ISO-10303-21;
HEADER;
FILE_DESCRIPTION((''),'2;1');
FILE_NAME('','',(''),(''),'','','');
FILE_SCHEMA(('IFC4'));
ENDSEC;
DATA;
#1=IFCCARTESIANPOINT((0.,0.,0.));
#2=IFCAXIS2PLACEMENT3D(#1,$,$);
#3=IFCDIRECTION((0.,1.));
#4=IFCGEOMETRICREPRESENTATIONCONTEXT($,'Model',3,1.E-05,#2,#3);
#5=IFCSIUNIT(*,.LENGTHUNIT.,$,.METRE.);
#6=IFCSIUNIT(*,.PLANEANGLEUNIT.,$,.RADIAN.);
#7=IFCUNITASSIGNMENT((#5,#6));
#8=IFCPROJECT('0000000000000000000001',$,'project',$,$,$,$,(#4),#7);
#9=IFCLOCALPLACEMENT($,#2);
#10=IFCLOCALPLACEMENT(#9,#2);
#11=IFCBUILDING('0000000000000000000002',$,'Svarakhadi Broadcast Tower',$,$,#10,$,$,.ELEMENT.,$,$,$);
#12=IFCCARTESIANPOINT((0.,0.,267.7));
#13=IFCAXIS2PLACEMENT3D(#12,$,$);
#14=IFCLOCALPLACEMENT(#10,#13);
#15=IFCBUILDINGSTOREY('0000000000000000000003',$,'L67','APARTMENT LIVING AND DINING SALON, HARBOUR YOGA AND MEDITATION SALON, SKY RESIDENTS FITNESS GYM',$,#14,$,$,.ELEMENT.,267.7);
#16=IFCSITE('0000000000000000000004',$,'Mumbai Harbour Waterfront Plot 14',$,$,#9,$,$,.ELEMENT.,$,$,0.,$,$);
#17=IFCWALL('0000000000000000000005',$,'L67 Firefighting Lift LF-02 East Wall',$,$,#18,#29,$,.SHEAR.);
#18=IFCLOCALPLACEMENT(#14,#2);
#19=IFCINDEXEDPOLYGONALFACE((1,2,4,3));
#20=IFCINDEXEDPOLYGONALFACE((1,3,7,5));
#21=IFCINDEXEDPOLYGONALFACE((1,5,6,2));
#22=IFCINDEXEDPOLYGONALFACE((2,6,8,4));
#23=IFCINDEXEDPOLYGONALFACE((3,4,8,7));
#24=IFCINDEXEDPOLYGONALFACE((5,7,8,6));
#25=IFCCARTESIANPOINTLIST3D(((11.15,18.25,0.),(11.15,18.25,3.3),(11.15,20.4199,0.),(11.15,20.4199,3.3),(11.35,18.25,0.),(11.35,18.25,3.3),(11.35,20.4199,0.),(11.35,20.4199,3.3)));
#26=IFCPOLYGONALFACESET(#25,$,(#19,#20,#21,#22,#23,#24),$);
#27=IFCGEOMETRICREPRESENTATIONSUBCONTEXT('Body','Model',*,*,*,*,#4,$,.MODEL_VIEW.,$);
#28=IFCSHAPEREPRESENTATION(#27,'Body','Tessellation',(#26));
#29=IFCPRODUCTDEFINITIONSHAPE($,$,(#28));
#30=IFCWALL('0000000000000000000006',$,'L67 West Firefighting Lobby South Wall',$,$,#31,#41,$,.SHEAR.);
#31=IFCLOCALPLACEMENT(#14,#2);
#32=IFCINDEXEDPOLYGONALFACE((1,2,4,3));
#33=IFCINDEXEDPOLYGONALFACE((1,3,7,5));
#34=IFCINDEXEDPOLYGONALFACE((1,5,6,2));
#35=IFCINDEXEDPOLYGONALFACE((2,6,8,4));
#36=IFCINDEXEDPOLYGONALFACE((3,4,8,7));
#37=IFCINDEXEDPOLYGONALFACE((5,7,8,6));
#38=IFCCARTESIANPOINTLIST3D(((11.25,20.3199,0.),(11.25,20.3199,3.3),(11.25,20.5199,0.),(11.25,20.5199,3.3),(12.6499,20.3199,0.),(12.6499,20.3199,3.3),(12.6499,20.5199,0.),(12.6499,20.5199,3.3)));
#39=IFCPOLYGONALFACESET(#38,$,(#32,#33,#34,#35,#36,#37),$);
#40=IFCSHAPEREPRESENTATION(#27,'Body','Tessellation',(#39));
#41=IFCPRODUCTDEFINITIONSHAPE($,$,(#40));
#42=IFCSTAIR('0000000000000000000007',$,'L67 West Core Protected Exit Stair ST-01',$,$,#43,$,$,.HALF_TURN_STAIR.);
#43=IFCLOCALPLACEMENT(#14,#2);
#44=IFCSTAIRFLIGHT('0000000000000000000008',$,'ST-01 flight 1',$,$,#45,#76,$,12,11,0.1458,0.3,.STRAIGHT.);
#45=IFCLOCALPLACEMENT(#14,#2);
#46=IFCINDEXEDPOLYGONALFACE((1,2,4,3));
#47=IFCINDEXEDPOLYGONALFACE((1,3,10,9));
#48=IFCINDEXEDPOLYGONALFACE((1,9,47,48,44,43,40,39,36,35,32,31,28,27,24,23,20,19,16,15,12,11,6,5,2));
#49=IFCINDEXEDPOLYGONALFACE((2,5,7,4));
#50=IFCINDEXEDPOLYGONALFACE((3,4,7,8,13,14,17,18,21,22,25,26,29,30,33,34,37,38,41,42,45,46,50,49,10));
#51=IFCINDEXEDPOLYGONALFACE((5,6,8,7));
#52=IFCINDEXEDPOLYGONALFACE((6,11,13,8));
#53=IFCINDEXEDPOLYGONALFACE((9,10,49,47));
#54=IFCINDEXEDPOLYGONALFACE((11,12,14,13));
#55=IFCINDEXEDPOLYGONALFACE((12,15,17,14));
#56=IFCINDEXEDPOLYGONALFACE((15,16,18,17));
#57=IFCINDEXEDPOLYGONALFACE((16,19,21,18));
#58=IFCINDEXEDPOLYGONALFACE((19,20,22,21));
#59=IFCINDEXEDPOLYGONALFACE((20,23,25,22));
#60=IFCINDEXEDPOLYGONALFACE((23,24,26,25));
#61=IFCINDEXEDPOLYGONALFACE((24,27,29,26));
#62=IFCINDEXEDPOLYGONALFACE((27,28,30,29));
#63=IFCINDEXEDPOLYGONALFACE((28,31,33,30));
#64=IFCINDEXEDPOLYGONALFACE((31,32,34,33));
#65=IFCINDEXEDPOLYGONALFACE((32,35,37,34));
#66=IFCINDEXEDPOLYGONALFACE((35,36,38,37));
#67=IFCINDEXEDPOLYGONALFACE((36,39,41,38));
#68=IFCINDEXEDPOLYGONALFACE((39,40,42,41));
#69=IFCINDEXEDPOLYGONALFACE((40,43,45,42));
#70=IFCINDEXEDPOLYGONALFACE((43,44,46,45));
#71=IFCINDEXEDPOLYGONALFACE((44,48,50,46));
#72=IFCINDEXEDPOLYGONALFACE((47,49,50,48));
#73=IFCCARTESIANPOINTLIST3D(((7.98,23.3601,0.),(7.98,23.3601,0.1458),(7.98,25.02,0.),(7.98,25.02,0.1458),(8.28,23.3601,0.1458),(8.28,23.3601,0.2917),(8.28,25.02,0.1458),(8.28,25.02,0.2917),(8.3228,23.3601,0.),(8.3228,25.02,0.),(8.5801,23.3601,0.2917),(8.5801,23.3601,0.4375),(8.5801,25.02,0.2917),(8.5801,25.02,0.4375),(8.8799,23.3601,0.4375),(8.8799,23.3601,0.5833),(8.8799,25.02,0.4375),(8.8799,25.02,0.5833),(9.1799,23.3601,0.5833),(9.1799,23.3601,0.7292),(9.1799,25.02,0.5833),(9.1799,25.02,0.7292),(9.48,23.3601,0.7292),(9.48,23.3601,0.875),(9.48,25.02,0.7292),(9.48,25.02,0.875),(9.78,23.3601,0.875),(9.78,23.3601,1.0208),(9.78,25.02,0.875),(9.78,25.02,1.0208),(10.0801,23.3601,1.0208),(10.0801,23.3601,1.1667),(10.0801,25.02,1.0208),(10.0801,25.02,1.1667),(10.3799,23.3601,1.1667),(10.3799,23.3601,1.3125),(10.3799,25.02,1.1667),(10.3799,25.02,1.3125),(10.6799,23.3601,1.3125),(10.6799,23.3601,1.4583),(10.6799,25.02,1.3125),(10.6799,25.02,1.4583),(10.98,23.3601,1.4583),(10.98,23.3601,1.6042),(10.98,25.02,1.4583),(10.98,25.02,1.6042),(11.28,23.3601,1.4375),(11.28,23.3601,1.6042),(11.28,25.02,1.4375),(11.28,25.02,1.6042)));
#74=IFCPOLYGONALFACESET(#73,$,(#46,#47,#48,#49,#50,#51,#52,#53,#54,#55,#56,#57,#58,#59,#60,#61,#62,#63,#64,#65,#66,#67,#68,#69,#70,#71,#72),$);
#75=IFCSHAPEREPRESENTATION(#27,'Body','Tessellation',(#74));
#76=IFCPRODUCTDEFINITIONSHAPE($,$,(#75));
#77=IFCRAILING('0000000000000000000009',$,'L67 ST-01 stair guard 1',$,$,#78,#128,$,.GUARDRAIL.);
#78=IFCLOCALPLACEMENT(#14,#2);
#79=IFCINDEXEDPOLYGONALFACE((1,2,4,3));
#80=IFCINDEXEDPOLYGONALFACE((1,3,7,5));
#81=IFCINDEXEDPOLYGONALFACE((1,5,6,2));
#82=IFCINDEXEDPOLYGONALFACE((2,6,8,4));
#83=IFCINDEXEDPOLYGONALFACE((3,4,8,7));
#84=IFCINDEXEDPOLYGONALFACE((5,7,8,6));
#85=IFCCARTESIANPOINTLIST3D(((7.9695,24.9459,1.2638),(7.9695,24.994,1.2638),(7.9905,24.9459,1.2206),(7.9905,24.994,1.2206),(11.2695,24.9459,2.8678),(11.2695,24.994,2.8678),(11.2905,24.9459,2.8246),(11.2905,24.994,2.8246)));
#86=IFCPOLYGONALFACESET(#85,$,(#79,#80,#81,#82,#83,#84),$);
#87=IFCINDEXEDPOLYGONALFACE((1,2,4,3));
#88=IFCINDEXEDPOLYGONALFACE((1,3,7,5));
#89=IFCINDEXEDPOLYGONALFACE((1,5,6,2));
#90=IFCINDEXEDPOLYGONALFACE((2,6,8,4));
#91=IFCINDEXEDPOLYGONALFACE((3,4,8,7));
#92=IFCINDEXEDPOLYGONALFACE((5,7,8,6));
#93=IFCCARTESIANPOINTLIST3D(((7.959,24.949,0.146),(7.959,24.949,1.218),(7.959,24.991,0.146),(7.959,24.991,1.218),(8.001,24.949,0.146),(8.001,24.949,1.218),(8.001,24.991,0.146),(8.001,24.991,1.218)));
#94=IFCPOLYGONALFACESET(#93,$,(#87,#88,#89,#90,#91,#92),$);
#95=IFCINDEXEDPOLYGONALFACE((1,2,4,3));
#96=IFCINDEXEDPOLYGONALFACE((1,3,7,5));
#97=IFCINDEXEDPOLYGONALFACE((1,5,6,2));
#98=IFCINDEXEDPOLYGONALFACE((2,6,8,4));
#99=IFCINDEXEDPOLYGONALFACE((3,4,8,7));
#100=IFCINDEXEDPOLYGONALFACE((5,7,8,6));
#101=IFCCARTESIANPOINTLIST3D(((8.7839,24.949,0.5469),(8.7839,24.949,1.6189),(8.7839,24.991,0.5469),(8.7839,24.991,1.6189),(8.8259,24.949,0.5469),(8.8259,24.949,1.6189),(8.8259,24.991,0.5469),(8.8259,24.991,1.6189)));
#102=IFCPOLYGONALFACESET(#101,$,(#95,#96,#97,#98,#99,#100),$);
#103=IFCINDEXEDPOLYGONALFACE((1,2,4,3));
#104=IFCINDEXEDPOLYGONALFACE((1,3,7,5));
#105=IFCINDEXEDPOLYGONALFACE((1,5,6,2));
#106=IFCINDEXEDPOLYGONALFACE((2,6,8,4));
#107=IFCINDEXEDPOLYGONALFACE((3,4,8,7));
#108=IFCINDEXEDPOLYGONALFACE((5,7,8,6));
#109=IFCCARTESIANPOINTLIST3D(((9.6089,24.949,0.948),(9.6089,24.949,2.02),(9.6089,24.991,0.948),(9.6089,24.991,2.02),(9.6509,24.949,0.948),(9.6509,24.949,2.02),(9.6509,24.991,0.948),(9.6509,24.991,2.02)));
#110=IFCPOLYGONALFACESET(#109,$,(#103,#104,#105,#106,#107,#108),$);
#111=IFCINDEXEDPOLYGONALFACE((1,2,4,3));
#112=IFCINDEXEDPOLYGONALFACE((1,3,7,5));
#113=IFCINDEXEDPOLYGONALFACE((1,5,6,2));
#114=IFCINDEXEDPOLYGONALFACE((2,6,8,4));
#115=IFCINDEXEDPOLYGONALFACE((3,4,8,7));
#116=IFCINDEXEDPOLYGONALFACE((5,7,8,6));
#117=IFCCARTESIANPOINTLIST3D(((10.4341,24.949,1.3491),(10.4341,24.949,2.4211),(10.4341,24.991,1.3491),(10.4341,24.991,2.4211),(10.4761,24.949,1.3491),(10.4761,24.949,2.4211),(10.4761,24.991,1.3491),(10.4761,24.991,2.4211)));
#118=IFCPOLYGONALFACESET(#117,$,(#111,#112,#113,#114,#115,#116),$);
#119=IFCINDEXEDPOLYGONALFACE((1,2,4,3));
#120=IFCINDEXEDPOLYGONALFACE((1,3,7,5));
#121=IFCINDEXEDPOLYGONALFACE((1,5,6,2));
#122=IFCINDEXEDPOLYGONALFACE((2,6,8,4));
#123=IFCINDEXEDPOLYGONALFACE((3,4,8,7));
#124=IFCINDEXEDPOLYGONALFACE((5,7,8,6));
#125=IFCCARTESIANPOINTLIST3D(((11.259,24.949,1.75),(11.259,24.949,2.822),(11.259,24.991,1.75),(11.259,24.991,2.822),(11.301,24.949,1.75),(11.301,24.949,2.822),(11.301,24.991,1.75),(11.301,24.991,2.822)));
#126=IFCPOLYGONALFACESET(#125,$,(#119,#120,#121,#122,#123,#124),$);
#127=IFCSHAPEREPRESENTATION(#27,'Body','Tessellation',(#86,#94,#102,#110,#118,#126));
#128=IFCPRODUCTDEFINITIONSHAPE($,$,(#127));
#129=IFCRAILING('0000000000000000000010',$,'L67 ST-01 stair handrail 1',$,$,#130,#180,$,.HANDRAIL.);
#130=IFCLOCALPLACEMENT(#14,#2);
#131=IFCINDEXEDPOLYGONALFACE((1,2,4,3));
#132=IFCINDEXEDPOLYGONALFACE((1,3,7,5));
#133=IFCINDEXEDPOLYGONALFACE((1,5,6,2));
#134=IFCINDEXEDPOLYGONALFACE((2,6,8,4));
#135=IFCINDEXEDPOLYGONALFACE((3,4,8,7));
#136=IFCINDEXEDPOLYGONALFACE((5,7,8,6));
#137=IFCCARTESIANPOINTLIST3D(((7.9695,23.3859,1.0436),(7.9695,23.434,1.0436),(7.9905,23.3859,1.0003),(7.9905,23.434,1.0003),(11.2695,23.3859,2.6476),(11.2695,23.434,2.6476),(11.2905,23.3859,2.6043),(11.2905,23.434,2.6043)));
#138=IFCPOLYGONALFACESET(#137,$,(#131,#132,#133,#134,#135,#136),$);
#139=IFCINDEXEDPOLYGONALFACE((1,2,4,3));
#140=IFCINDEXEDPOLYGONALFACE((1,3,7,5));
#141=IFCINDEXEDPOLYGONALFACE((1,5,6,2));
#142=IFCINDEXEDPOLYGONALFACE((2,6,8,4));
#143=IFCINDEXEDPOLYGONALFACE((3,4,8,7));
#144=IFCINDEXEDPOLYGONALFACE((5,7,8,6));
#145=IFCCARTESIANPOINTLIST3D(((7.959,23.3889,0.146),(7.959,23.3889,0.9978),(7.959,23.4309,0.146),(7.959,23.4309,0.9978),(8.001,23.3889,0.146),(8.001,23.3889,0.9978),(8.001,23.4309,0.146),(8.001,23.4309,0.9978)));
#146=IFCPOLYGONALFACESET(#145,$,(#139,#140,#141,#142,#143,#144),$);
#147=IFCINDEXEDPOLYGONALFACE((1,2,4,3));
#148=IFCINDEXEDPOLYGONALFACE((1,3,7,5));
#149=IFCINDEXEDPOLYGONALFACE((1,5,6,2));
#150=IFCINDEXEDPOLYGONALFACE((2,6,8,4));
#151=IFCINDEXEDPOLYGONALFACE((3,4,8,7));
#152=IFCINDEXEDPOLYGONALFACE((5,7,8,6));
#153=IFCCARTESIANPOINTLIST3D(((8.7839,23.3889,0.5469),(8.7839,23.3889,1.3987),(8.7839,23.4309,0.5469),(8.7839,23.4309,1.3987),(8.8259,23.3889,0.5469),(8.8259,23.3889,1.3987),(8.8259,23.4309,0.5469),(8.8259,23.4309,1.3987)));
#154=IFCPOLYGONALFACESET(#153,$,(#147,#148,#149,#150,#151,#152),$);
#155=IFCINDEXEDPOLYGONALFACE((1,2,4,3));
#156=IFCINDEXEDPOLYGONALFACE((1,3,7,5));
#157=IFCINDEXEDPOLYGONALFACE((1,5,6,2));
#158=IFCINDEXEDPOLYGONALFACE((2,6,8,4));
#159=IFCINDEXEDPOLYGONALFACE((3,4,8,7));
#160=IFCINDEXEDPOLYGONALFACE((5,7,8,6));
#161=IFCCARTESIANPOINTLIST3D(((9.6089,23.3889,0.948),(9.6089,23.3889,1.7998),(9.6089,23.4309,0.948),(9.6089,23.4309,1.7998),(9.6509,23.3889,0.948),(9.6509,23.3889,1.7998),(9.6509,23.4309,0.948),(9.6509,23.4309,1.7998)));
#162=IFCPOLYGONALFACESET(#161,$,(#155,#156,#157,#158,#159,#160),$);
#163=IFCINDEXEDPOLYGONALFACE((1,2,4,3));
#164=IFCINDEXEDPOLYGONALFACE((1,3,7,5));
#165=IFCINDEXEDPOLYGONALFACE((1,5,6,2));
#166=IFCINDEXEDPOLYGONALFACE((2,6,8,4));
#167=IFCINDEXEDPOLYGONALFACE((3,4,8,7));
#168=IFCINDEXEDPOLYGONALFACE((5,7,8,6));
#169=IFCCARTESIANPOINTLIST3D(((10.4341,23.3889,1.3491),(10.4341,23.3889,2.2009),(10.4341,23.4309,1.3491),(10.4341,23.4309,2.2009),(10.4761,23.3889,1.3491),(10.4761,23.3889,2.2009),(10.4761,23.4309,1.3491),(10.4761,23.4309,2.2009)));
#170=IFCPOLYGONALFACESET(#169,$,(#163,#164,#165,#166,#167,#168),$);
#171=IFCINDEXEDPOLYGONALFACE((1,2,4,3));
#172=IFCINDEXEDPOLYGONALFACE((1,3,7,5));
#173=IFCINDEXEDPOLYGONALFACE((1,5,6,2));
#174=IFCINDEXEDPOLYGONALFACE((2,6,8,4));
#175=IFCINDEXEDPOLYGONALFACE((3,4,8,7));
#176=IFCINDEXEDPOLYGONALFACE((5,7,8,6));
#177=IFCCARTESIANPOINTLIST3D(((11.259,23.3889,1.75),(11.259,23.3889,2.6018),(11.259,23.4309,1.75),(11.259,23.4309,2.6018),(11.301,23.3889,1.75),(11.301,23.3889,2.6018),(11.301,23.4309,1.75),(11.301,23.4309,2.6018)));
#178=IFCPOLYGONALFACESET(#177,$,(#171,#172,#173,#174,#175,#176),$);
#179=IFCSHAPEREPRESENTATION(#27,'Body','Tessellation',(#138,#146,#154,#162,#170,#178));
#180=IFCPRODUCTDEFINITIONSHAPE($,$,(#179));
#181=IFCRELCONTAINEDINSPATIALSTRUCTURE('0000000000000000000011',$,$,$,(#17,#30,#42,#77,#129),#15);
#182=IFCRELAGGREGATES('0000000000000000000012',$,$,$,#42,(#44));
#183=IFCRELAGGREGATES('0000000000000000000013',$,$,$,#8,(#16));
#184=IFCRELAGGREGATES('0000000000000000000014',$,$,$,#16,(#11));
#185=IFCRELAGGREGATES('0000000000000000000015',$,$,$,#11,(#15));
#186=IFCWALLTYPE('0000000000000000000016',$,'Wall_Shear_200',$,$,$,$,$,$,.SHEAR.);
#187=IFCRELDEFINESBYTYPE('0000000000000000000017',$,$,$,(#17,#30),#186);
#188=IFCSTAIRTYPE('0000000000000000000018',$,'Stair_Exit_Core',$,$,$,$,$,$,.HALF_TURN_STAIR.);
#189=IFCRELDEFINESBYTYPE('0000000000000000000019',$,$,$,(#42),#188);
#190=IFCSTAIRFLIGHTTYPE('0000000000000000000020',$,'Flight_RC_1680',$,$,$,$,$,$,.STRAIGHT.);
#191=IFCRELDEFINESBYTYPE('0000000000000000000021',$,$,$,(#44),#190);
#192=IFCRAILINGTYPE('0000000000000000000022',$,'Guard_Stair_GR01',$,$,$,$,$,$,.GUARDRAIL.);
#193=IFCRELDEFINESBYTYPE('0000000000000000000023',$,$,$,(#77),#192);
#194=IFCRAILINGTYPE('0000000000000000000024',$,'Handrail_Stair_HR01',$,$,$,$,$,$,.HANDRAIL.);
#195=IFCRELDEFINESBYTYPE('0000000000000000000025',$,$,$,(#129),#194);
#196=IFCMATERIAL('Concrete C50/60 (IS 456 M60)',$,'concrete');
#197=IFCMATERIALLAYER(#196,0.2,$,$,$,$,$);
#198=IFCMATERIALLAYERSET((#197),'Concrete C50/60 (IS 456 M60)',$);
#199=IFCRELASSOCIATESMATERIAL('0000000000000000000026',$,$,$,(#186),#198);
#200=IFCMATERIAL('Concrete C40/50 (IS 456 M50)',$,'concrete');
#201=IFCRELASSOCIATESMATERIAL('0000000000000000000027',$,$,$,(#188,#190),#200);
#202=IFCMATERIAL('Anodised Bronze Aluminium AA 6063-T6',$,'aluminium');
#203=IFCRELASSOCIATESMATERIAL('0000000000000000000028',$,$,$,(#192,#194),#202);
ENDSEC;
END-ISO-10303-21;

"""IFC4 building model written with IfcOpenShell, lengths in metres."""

from ifc_helpers import new_model, si_unit, direction, frame, frame_2d, origin, origin_2d, place, context, subcontext, project, spatial, polyline, rectangle, outline, extrude, material, layer, layer_set, type_object, element, aggregate, save


model = new_model("IFC4")

# Units and contexts
model_context = context("Model", 3, precision=1e-05, world=origin(), true_north=direction((0.0, 1.0)))
body_context = subcontext(model_context, "Body", "Model", "MODEL_VIEW")
ifc_project = project(units=[si_unit("LENGTHUNIT", "METRE"), si_unit("PLANEANGLEUNIT", "RADIAN")], contexts=[model_context])

# Site, building, storey
site_placement = place(None, origin())
site = spatial("IfcSite", under=ifc_project, at=site_placement, Name="Mumbai Harbour Waterfront Plot 14", CompositionType="ELEMENT", RefElevation=0.0)
building_placement = place(site_placement, origin())
building = spatial("IfcBuilding", under=site, at=building_placement, Name="Svarakhadi Broadcast Tower", CompositionType="ELEMENT")
storey_placement = place(building_placement, frame((0.0, 0.0, 267.7)))
storey = spatial("IfcBuildingStorey", under=building, at=storey_placement, Name="L67", Description="APARTMENT LIVING AND DINING SALON, HARBOUR YOGA AND MEDITATION SALON, SKY RESIDENTS FITNESS GYM", CompositionType="ELEMENT", Elevation=267.7)

# Shared definitions
ifc_material_1 = material(Name="Concrete C50/60 (IS 456 M60)", Category="concrete")

# Shared definitions
ifc_layer_1 = layer(ifc_material_1, 0.2)
ifc_layer_set_1 = layer_set([ifc_layer_1], Name="Concrete C50/60 (IS 456 M60)")
wall_type_1 = type_object("IfcWallType", Name="Wall_Shear_200", PredefinedType="SHEAR", material=ifc_layer_set_1)

# Walls
for number, where, z_axis, x_axis, name in (
    (1, (11.25, 18.25, 0.0), (0.0, 0.0, 1.0), (0.0, 1.0, 0.0), "L67 Firefighting Lift LF-02 East Wall"),
):
    element("IfcWall", number, at=place(storey_placement, frame(where, z_axis=z_axis, x_axis=x_axis)), inside=storey, type_object=wall_type_1, Name=name, PredefinedType="SHEAR", context=body_context, shape_type="SweptSolid", body=[
        extrude(rectangle(XDim=2.1699, YDim=0.2, at=frame_2d((1.085, 0.0))), origin(), (0.0, 0.0, 1.0), 3.3),
    ])
wall_1_placement = place(storey_placement, frame((11.25, 20.4199, 0.0), z_axis=(0.0, 0.0, 1.0), x_axis=(1.0, 0.0, 0.0)))
element("IfcWall", 2, at=wall_1_placement, inside=storey, type_object=wall_type_1, Name="L67 West Firefighting Lobby South Wall", PredefinedType="SHEAR", context=body_context, shape_type="SweptSolid", body=[
    extrude(rectangle(XDim=1.3999, YDim=0.2, at=frame_2d((0.7, 0.0))), origin(), (0.0, 0.0, 1.0), 3.3),
])

# Stair, stair flight
ifc_material_2 = material(Name="Concrete C40/50 (IS 456 M50)", Category="concrete")
stair_type = type_object("IfcStairType", Name="Stair_Exit_Core", PredefinedType="HALF_TURN_STAIR", material=ifc_material_2)
stair_placement = place(storey_placement, origin())
stair = element("IfcStair", 3, at=stair_placement, inside=storey, type_object=stair_type, Name="L67 West Core Protected Exit Stair ST-01", PredefinedType="HALF_TURN_STAIR")
stair_flight_type = type_object("IfcStairFlightType", Name="Flight_RC_1680", PredefinedType="STRAIGHT", material=ifc_material_2)
stair_flight_placement = place(storey_placement, frame((7.98, 24.1899, 0.0), z_axis=(0.0, 0.0, 1.0), x_axis=(1.0, 0.0, 0.0)))
stair_flight = element("IfcStairFlight", 4, at=stair_flight_placement, type_object=stair_flight_type, Name="ST-01 flight 1", NumberOfRisers=12, NumberOfTreads=11, PredefinedType="STRAIGHT", RiserHeight=0.1458, TreadLength=0.3, context=body_context, shape_type="SweptSolid", body=[
    extrude(outline(polyline([(0.0, 0.0), (0.0, 0.1458), (0.3, 0.1458), (0.3, 0.2917), (0.6001, 0.2917), (0.6001, 0.4375), (0.8999, 0.4375), (0.8999, 0.5833), (1.2, 0.5833), (1.2, 0.7292), (1.5, 0.7292), (1.5, 0.875), (1.8, 0.875), (1.8, 1.0208), (2.1001, 1.0208), (2.1001, 1.1667), (2.3999, 1.1667), (2.3999, 1.3125), (2.7, 1.3125), (2.7, 1.4583), (3.0, 1.4583), (3.0, 1.6042), (3.3, 1.6042), (3.3, 1.75), (3.3, 1.4375), (0.3428, 0.0), (0.0, 0.0)])), frame((0.0, 0.8301, 0.0), z_axis=(0.0, -1.0, 0.0), x_axis=(1.0, 0.0, 0.0)), (0.0, 0.0, 1.0), 1.6599),
])
aggregate(stair, [stair_flight])

# Railings
ifc_material_3 = material(Name="Anodised Bronze Aluminium AA 6063-T6", Category="aluminium")
railing_type_1 = type_object("IfcRailingType", Name="Guard_Stair_GR01", PredefinedType="GUARDRAIL", material=ifc_material_3)
railing_1_placement = place(storey_placement, frame((7.98, 24.97, 0.146)))
element("IfcRailing", 5, at=railing_1_placement, inside=storey, type_object=railing_type_1, Name="L67 ST-01 stair guard 1", PredefinedType="GUARDRAIL", context=body_context, shape_type="SweptSolid", body=[
    extrude(rectangle(XDim=0.0481, YDim=0.0481, at=origin_2d()), frame((0.0, 0.0, 1.0962), z_axis=(0.899388, 0.0, 0.437152), x_axis=(0.0, 1.0, 0.0)), (0.0, 0.0, 1.0), 3.6692),
    extrude(rectangle(XDim=0.042, YDim=0.042, at=origin_2d()), origin(), (0.0, 0.0, 1.0), 1.072),
    extrude(rectangle(XDim=0.042, YDim=0.042, at=origin_2d()), frame((0.825, 0.0, 0.4009)), (0.0, 0.0, 1.0), 1.072),
    extrude(rectangle(XDim=0.042, YDim=0.042, at=origin_2d()), frame((1.6499, 0.0, 0.802)), (0.0, 0.0, 1.0), 1.072),
    extrude(rectangle(XDim=0.042, YDim=0.042, at=origin_2d()), frame((2.4751, 0.0, 1.2031)), (0.0, 0.0, 1.0), 1.072),
    extrude(rectangle(XDim=0.042, YDim=0.042, at=origin_2d()), frame((3.3, 0.0, 1.604)), (0.0, 0.0, 1.0), 1.072),
])
railing_type_2 = type_object("IfcRailingType", Name="Handrail_Stair_HR01", PredefinedType="HANDRAIL", material=ifc_material_3)
railing_2_placement = place(storey_placement, frame((7.98, 23.4099, 0.146)))
element("IfcRailing", 6, at=railing_2_placement, inside=storey, type_object=railing_type_2, Name="L67 ST-01 stair handrail 1", PredefinedType="HANDRAIL", context=body_context, shape_type="SweptSolid", body=[
    extrude(rectangle(XDim=0.0481, YDim=0.0481, at=origin_2d()), frame((0.0, 0.0, 0.876), z_axis=(0.899388, 0.0, 0.437152), x_axis=(0.0, 1.0, 0.0)), (0.0, 0.0, 1.0), 3.6692),
    extrude(rectangle(XDim=0.042, YDim=0.042, at=origin_2d()), origin(), (0.0, 0.0, 1.0), 0.8518),
    extrude(rectangle(XDim=0.042, YDim=0.042, at=origin_2d()), frame((0.825, 0.0, 0.4009)), (0.0, 0.0, 1.0), 0.8518),
    extrude(rectangle(XDim=0.042, YDim=0.042, at=origin_2d()), frame((1.6499, 0.0, 0.802)), (0.0, 0.0, 1.0), 0.8518),
    extrude(rectangle(XDim=0.042, YDim=0.042, at=origin_2d()), frame((2.4751, 0.0, 1.2031)), (0.0, 0.0, 1.0), 0.8518),
    extrude(rectangle(XDim=0.042, YDim=0.042, at=origin_2d()), frame((3.3, 0.0, 1.604)), (0.0, 0.0, 1.0), 0.8518),
])

save(model, "model.ifc")
